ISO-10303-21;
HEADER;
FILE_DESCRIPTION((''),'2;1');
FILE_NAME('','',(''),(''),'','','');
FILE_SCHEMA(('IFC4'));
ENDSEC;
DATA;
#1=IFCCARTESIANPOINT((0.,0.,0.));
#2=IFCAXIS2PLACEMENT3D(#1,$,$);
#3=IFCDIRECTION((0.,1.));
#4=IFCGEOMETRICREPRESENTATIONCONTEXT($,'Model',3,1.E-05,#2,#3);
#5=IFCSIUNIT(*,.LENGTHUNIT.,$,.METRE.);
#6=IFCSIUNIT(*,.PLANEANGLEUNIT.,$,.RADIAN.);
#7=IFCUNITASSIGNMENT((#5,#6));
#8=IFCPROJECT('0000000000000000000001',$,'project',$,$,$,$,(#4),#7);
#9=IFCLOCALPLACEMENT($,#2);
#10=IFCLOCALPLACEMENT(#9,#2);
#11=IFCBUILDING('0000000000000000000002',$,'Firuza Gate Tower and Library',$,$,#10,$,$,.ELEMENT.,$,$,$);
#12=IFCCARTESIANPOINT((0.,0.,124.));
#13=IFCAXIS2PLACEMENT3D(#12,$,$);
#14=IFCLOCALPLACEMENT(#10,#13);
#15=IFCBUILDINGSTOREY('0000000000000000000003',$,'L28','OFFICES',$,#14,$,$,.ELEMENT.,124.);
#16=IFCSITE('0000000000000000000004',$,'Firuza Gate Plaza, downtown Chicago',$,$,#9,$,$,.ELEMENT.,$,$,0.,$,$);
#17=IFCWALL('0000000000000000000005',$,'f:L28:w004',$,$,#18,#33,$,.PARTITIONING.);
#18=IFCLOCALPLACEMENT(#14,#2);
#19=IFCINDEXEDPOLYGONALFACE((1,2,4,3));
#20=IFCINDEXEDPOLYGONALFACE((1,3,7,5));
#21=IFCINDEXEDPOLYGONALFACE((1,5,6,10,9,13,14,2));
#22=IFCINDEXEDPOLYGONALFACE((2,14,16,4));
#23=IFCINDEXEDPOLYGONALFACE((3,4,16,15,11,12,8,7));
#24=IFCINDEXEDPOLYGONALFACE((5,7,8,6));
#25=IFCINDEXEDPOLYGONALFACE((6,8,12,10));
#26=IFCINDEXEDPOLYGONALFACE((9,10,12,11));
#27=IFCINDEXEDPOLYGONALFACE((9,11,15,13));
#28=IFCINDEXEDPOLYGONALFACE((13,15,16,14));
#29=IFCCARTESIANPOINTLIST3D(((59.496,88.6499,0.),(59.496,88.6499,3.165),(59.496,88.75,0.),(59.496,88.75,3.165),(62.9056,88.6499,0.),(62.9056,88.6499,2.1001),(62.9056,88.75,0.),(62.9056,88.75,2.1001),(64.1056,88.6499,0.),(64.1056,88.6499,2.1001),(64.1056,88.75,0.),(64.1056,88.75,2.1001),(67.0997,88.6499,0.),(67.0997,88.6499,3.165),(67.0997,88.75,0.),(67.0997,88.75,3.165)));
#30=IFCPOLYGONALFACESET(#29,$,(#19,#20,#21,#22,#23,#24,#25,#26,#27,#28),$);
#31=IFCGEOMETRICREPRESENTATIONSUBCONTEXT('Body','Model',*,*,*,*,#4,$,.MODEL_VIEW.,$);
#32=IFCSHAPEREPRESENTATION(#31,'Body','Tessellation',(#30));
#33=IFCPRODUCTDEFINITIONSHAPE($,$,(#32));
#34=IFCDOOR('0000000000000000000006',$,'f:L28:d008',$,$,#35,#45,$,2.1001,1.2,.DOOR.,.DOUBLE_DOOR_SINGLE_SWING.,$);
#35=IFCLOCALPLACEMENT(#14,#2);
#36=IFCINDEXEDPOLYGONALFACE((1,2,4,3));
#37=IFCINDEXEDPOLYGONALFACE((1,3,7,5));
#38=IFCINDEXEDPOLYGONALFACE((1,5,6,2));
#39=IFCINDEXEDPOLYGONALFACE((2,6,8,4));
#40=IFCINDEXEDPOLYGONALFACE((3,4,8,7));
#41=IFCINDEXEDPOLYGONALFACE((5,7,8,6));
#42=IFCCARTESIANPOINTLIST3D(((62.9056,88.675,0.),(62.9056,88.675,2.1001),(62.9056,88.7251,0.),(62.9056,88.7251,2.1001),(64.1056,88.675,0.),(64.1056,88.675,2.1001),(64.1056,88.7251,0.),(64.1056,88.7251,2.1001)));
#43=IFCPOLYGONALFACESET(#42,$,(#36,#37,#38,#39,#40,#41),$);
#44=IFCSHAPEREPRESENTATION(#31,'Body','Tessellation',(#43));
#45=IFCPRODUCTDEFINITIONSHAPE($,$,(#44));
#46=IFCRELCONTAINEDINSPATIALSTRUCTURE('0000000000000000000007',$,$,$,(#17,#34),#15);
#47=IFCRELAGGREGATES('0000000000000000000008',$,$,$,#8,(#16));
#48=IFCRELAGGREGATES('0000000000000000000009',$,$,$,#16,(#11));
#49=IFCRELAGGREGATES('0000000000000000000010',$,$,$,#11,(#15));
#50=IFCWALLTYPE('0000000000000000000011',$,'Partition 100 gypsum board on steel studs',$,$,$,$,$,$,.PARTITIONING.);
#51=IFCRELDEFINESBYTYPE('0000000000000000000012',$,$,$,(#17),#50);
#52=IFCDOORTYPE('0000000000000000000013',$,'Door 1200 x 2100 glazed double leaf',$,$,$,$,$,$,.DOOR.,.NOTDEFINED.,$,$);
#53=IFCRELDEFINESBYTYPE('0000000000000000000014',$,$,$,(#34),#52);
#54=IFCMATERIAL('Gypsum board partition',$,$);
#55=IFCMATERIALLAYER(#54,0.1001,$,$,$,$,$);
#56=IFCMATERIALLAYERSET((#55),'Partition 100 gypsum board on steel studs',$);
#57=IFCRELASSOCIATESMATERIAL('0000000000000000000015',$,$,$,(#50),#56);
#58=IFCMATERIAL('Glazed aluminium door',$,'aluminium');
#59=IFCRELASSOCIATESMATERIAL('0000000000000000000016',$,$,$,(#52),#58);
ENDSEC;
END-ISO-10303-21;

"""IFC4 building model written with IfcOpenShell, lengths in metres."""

from ifc_helpers import new_model, si_unit, direction, frame, frame_2d, origin, place, context, subcontext, project, spatial, rectangle, extrude, material, layer, layer_set, type_object, element, fill, save


model = new_model("IFC4")

# Units and contexts
model_context = context("Model", 3, precision=1e-05, world=origin(), true_north=direction((0.0, 1.0)))
body_context = subcontext(model_context, "Body", "Model", "MODEL_VIEW")
ifc_project = project(units=[si_unit("LENGTHUNIT", "METRE"), si_unit("PLANEANGLEUNIT", "RADIAN")], contexts=[model_context])

# Site, building, storey
site_placement = place(None, origin())
site = spatial("IfcSite", under=ifc_project, at=site_placement, Name="Firuza Gate Plaza, downtown Chicago", CompositionType="ELEMENT", RefElevation=0.0)
building_placement = place(site_placement, origin())
building = spatial("IfcBuilding", under=site, at=building_placement, Name="Firuza Gate Tower and Library", CompositionType="ELEMENT")
storey_placement = place(building_placement, frame((0.0, 0.0, 124.0)))
storey = spatial("IfcBuildingStorey", under=building, at=storey_placement, Name="L28", Description="OFFICES", CompositionType="ELEMENT", Elevation=124.0)

# Wall, opening, door
ifc_material_1 = material(Name="Gypsum board partition")
ifc_layer_1 = layer(ifc_material_1, 0.1001)
ifc_layer_set_1 = layer_set([ifc_layer_1], Name="Partition 100 gypsum board on steel studs")
wall_type_1 = type_object("IfcWallType", Name="Partition 100 gypsum board on steel studs", PredefinedType="PARTITIONING", material=ifc_layer_set_1)
wall_1_placement = place(storey_placement, frame((67.0996, 88.7, 0.0), z_axis=(0.0, 0.0, 1.0), x_axis=(-1.0, 0.0, 0.0)))
wall_1 = element("IfcWall", 1, at=wall_1_placement, inside=storey, type_object=wall_type_1, Name="f:L28:w004", PredefinedType="PARTITIONING", context=body_context, shape_type="SweptSolid", body=[
    extrude(rectangle(XDim=7.6038, YDim=0.1001, at=frame_2d((3.8018, 0.0))), origin(), (0.0, 0.0, 1.0), 3.165),
])
opening_1_placement = place(wall_1_placement, frame((2.9939, 0.0, 0.0)))
opening_1 = element("IfcOpeningElement", 2, at=opening_1_placement, cuts=wall_1, PredefinedType="OPENING", context=body_context, shape_type="SweptSolid", body=[
    extrude(rectangle(XDim=1.2, YDim=2.1001, at=frame_2d((0.6001, 1.05))), frame((0.0, 0.0601, 0.0), z_axis=(0.0, -1.0, 0.0), x_axis=(1.0, 0.0, 0.0)), (0.0, 0.0, 1.0), 0.1201),
])
ifc_material_2 = material(Name="Glazed aluminium door", Category="aluminium")
door_type_1 = type_object("IfcDoorType", Name="Door 1200 x 2100 glazed double leaf", OperationType="NOTDEFINED", PredefinedType="DOOR", material=ifc_material_2)
door_1_placement = place(opening_1_placement, origin())
door_1 = element("IfcDoor", 3, at=door_1_placement, inside=storey, type_object=door_type_1, Name="f:L28:d008", OperationType="DOUBLE_DOOR_SINGLE_SWING", OverallHeight=2.1001, OverallWidth=1.2, PredefinedType="DOOR", context=body_context, shape_type="SweptSolid", body=[
    extrude(rectangle(XDim=1.2, YDim=2.1001, at=frame_2d((0.6001, 1.05))), frame((0.0, 0.0249, 0.0), z_axis=(0.0, -1.0, 0.0), x_axis=(1.0, 0.0, 0.0)), (0.0, 0.0, 1.0), 0.05),
])
fill(opening_1, door_1)

save(model, "model.ifc")
